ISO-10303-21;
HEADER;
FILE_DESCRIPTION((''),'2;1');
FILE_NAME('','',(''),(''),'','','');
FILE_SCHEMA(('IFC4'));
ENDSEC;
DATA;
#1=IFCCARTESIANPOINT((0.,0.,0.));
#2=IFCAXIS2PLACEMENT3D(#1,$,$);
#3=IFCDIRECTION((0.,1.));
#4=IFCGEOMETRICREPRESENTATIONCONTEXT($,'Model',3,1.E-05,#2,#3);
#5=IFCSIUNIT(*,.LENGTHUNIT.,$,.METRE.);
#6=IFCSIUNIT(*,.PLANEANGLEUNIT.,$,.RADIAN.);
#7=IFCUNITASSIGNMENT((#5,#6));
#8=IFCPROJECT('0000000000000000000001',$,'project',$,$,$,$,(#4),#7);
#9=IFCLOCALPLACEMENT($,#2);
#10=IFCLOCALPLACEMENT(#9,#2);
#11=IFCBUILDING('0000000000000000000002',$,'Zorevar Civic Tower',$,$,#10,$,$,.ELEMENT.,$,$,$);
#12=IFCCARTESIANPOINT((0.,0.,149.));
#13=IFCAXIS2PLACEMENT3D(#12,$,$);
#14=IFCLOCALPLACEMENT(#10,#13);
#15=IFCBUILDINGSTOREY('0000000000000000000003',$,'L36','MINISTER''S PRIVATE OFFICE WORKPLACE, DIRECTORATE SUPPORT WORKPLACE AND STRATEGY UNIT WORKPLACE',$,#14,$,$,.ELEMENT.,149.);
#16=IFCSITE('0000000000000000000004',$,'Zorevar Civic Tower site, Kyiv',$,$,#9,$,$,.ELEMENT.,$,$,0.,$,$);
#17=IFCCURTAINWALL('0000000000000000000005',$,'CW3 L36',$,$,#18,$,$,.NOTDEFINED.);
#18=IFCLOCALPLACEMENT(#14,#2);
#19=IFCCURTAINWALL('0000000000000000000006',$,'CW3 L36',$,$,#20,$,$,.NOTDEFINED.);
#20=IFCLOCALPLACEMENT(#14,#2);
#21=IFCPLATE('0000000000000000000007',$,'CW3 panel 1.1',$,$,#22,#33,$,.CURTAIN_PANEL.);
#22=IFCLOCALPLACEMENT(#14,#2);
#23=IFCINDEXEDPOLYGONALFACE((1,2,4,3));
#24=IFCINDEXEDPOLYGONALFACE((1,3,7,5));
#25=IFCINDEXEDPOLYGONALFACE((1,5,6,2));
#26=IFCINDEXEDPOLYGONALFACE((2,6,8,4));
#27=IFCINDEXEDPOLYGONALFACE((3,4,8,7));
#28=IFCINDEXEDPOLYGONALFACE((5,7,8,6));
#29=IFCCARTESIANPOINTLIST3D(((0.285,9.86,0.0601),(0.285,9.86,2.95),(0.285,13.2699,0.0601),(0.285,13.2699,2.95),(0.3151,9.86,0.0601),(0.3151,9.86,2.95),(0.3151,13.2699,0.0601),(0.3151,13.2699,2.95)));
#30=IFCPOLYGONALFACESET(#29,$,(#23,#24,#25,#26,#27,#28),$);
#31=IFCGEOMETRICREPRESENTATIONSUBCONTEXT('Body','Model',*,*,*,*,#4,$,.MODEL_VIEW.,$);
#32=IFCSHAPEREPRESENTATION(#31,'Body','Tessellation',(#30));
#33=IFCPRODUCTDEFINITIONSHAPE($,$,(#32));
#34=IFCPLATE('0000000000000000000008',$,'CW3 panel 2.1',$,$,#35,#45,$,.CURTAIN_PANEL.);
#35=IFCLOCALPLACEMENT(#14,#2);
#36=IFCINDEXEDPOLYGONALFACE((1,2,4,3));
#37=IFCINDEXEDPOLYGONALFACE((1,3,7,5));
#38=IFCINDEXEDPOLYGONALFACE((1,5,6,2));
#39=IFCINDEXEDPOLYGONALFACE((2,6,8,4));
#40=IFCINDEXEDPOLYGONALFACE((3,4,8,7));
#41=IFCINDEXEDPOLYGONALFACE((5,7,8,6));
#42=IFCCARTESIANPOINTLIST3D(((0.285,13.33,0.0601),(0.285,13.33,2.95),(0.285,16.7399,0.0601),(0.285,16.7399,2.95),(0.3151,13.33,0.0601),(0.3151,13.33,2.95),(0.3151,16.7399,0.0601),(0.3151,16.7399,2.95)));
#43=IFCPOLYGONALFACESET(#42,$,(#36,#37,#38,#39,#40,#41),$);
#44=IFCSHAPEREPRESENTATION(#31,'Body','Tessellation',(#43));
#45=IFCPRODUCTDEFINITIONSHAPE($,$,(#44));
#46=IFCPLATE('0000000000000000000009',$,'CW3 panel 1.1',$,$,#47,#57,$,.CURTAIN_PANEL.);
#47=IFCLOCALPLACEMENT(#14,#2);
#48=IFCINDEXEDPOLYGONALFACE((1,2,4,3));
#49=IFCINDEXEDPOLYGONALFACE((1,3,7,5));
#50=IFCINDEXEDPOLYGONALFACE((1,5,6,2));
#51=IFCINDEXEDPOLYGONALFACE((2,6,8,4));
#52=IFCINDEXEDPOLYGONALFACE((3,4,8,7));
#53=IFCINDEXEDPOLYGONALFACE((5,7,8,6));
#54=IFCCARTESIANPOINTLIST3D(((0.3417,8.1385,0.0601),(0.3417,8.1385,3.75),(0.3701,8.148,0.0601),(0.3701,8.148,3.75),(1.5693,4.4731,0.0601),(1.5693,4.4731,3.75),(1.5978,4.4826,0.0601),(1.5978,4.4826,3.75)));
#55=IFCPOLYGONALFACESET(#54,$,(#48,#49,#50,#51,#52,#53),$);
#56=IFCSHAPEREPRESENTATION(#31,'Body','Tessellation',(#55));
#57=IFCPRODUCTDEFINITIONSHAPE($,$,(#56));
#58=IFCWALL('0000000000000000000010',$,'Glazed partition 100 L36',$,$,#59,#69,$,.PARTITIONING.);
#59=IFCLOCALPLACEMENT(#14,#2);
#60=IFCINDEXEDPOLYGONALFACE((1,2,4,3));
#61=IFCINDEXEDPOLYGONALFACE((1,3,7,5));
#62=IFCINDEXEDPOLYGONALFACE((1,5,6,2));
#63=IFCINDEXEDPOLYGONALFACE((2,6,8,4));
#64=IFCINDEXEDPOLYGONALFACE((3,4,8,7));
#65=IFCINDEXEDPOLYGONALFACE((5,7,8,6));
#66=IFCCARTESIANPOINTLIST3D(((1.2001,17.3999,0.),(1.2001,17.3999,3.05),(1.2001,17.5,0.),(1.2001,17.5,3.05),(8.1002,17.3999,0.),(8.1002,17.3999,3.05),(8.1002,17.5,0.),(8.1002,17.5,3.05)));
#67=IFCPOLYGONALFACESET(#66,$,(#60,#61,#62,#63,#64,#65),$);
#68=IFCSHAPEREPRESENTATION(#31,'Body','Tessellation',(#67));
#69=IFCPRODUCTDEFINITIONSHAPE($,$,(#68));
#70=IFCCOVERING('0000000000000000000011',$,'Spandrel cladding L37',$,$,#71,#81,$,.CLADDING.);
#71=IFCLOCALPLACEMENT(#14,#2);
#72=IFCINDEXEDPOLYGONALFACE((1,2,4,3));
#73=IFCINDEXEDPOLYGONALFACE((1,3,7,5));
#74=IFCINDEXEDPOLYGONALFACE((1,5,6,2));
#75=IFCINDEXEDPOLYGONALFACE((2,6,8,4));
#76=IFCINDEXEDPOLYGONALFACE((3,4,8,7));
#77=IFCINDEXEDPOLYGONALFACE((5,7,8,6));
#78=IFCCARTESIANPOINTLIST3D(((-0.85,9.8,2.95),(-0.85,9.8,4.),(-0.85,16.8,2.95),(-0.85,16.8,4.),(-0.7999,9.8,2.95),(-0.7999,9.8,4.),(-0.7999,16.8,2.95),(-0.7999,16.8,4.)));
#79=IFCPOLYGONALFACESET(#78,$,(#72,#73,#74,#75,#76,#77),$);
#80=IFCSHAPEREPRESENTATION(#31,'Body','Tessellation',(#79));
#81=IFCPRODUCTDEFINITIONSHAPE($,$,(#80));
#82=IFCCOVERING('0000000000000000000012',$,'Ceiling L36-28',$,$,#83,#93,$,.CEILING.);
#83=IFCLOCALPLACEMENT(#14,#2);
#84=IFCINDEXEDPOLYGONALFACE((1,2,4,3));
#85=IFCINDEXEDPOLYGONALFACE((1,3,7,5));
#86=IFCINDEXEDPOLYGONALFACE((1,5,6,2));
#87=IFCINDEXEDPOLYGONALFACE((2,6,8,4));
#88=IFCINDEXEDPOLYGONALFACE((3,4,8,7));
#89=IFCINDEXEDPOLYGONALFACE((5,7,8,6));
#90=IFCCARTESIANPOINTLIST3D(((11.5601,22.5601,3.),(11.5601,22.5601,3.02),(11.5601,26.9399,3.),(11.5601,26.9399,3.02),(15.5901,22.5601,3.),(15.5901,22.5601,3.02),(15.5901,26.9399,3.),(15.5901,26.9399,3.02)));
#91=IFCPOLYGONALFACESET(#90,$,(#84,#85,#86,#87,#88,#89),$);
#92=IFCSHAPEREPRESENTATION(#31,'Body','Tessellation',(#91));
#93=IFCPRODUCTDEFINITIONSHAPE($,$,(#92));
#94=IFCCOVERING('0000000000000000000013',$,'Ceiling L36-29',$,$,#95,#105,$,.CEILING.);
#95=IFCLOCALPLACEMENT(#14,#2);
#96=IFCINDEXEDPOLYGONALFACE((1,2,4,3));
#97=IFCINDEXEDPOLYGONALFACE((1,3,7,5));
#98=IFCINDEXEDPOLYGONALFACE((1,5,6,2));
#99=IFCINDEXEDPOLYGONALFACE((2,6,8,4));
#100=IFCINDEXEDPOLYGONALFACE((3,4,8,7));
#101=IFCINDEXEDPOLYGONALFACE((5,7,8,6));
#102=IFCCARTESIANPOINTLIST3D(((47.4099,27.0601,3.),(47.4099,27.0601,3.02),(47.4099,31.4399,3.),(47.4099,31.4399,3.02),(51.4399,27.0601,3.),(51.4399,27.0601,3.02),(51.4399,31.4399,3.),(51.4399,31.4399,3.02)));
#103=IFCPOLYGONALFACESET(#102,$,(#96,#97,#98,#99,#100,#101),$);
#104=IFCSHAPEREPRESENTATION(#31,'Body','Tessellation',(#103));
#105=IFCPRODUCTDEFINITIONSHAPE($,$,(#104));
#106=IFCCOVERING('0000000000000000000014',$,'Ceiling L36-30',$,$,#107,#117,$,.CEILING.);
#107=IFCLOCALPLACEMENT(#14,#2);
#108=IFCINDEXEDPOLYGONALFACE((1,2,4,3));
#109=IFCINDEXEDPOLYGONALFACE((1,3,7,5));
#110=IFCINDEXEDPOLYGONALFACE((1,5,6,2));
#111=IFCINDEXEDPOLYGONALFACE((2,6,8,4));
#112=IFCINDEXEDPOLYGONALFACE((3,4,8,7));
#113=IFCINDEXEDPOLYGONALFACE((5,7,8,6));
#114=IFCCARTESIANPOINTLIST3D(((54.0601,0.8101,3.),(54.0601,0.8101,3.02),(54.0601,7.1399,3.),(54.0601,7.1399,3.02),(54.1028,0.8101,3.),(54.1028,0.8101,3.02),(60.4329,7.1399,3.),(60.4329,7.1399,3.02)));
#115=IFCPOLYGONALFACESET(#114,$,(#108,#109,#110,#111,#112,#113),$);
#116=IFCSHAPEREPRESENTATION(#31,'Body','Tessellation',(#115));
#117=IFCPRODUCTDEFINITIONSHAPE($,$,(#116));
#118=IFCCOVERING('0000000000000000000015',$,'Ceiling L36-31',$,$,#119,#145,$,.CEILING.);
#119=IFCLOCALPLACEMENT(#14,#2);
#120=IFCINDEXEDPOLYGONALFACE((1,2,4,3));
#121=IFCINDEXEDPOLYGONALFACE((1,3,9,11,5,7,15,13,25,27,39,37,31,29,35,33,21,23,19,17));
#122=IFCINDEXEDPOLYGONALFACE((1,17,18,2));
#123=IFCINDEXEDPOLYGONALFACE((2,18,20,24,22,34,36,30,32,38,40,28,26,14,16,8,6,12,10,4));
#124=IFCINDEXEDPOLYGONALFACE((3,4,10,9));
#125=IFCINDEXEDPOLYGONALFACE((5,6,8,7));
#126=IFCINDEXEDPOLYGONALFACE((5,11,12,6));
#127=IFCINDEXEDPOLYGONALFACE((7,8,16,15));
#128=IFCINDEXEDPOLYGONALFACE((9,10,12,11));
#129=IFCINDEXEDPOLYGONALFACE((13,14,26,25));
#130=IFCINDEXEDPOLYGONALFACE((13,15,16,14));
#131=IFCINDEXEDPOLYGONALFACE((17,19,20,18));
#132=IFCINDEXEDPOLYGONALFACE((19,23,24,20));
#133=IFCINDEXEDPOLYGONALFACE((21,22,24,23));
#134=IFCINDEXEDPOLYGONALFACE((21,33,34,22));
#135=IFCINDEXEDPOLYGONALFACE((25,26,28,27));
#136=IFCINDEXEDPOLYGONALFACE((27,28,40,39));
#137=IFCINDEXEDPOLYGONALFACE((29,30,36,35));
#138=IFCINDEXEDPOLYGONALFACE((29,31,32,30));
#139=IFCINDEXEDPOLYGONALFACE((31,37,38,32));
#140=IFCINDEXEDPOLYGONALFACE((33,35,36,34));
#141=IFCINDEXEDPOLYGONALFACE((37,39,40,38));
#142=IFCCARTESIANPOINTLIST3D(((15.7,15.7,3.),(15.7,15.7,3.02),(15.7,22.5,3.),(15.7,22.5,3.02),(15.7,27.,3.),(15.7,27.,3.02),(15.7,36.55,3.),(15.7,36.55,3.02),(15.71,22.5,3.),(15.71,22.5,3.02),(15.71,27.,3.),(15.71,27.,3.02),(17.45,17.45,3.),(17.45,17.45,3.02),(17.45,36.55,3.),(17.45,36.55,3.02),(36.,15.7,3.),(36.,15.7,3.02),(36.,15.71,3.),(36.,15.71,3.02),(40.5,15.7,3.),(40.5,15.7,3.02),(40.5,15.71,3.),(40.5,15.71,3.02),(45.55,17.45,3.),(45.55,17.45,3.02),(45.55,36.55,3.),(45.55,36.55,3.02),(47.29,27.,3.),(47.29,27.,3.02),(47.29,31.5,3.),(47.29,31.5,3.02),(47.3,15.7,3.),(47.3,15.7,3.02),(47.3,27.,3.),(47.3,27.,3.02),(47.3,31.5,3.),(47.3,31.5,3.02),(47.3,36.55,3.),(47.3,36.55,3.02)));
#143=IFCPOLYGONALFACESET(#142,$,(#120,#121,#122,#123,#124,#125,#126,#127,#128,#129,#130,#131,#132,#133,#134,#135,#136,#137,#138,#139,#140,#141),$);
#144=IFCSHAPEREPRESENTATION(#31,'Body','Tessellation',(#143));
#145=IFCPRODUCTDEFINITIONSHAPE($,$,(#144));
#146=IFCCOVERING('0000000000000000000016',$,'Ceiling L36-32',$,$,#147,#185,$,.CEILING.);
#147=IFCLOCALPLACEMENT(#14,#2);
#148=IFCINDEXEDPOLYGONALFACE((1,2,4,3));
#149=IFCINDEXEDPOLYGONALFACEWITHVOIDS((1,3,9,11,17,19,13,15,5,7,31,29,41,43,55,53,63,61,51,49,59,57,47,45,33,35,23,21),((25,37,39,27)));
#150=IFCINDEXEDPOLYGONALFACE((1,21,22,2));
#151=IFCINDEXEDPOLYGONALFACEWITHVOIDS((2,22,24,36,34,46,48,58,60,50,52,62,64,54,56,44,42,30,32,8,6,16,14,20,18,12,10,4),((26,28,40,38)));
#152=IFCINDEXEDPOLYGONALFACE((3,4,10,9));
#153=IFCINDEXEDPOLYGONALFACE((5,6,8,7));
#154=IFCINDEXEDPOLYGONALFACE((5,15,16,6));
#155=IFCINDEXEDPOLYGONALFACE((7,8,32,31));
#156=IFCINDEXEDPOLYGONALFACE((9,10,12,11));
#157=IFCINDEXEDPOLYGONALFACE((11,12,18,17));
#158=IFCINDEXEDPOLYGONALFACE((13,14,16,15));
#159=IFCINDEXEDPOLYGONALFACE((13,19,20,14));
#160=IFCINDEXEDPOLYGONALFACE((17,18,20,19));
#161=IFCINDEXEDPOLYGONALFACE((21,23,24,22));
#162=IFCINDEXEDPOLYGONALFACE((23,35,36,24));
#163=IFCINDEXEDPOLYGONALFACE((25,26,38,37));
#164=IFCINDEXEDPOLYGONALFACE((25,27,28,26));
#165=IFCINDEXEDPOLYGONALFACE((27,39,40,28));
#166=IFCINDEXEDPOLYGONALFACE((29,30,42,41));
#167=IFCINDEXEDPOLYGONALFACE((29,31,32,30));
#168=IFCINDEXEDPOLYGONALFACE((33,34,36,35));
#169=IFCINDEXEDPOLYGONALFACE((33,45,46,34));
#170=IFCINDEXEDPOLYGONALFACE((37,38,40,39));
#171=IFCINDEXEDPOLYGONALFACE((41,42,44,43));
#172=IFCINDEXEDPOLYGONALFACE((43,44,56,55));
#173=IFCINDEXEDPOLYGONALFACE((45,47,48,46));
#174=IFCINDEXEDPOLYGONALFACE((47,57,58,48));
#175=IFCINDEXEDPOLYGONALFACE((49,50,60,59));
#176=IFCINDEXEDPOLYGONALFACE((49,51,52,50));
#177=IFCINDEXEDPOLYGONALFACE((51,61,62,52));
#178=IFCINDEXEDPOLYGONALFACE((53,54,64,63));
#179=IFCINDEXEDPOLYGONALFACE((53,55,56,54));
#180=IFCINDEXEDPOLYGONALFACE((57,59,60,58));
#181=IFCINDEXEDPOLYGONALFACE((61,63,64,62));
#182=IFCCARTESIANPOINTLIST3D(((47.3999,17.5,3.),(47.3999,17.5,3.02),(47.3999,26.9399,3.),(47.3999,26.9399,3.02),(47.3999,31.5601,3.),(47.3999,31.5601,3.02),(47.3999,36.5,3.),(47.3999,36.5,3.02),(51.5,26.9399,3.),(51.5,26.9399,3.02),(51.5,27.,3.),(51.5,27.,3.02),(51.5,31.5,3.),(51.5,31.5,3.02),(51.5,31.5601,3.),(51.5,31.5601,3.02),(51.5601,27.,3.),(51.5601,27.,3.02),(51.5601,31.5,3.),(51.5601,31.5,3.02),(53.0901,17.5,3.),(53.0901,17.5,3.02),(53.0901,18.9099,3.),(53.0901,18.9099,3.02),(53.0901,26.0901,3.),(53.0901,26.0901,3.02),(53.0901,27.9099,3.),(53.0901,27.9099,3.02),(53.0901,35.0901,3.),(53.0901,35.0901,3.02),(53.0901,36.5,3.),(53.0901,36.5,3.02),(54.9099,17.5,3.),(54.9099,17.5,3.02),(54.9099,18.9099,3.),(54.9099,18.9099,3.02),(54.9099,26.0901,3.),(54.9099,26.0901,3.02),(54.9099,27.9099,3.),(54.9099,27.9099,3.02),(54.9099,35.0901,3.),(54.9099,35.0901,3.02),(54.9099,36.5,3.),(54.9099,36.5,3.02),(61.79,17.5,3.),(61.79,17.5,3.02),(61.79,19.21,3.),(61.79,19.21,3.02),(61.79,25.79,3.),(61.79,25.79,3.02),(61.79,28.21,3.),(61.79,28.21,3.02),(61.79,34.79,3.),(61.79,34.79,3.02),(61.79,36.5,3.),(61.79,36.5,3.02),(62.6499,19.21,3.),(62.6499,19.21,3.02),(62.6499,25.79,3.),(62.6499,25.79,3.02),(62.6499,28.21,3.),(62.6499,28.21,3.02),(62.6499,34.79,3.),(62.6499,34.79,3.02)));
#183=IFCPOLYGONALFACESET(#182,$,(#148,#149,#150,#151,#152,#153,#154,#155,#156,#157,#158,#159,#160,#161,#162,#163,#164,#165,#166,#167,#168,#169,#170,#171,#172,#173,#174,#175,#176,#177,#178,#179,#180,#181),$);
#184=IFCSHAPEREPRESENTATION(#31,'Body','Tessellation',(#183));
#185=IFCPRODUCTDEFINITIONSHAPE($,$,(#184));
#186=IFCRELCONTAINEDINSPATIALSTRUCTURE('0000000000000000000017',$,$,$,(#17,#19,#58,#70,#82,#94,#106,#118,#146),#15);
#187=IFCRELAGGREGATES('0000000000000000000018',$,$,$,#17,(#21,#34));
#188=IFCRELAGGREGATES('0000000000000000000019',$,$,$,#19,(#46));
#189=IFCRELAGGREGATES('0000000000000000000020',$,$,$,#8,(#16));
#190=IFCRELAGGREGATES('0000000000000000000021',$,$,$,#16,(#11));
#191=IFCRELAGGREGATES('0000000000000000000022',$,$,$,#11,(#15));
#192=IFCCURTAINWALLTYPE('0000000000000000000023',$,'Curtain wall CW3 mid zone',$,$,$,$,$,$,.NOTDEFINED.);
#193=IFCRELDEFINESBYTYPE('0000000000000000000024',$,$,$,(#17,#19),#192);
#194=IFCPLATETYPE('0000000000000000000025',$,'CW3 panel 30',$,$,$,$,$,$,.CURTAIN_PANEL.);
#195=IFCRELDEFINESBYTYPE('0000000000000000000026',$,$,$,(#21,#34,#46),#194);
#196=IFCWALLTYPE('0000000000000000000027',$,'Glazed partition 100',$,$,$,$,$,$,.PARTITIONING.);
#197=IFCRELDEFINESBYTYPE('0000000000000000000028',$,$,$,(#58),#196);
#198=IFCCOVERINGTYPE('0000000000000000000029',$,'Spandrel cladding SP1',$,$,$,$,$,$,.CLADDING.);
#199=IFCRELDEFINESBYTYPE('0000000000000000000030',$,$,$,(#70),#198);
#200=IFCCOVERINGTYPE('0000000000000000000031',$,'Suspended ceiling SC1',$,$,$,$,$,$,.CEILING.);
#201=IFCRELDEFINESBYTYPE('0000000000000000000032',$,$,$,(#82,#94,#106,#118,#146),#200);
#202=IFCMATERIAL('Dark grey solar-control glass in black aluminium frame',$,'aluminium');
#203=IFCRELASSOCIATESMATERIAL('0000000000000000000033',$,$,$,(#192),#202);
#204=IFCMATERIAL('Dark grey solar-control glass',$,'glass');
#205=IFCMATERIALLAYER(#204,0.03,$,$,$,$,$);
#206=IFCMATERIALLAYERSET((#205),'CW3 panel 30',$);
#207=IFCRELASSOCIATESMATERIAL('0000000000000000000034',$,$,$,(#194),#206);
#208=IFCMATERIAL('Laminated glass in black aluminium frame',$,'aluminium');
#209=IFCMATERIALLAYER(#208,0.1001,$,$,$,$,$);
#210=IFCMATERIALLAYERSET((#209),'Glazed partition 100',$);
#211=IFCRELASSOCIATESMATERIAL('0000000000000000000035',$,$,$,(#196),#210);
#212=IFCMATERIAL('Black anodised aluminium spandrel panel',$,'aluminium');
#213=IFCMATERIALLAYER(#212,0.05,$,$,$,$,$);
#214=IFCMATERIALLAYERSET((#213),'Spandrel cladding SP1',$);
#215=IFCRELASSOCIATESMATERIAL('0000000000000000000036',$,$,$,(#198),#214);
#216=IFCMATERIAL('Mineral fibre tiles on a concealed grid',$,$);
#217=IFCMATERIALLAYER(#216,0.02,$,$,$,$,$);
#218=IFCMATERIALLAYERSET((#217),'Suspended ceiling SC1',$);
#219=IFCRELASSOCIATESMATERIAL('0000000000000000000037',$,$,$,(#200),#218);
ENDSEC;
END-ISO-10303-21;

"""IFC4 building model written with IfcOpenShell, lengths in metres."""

from ifc_helpers import new_model, si_unit, direction, frame, frame_2d, origin, origin_2d, place, context, subcontext, project, spatial, polyline, rectangle, outline, extrude, material, layer, layer_set, type_object, element, aggregate, save


model = new_model("IFC4")

# Units and contexts
model_context = context("Model", 3, precision=1e-05, world=origin(), true_north=direction((0.0, 1.0)))
body_context = subcontext(model_context, "Body", "Model", "MODEL_VIEW")
ifc_project = project(units=[si_unit("LENGTHUNIT", "METRE"), si_unit("PLANEANGLEUNIT", "RADIAN")], contexts=[model_context])

# Site, building, storey
site_placement = place(None, origin())
site = spatial("IfcSite", under=ifc_project, at=site_placement, Name="Zorevar Civic Tower site, Kyiv", CompositionType="ELEMENT", RefElevation=0.0)
building_placement = place(site_placement, origin())
building = spatial("IfcBuilding", under=site, at=building_placement, Name="Zorevar Civic Tower", CompositionType="ELEMENT")
storey_placement = place(building_placement, frame((0.0, 0.0, 149.0)))
storey = spatial("IfcBuildingStorey", under=building, at=storey_placement, Name="L36", Description="MINISTER'S PRIVATE OFFICE WORKPLACE, DIRECTORATE SUPPORT WORKPLACE AND STRATEGY UNIT WORKPLACE", CompositionType="ELEMENT", Elevation=149.0)

# Curtain wall
ifc_material_1 = material(Name="Dark grey solar-control glass in black aluminium frame", Category="aluminium")
curtain_wall_type = type_object("IfcCurtainWallType", Name="Curtain wall CW3 mid zone", PredefinedType="NOTDEFINED", material=ifc_material_1)
curtain_wall_1_placement = place(storey_placement, origin())
curtain_wall_1 = element("IfcCurtainWall", 1, at=curtain_wall_1_placement, inside=storey, type_object=curtain_wall_type, Name="CW3 L36", PredefinedType="NOTDEFINED")

# Curtain wall
curtain_wall_2_placement = place(storey_placement, origin())
curtain_wall_2 = element("IfcCurtainWall", 2, at=curtain_wall_2_placement, inside=storey, type_object=curtain_wall_type, Name="CW3 L36", PredefinedType="NOTDEFINED")

# Plates
ifc_material_2 = material(Name="Dark grey solar-control glass", Category="glass")
ifc_layer_1 = layer(ifc_material_2, 0.03)
ifc_layer_set_1 = layer_set([ifc_layer_1], Name="CW3 panel 30")
plate_type = type_object("IfcPlateType", Name="CW3 panel 30", PredefinedType="CURTAIN_PANEL", material=ifc_layer_set_1)
plate_1_placement = place(storey_placement, frame((0.3, 11.5649, 0.0601), z_axis=(0.0, 0.0, 1.0), x_axis=(0.0, 1.0, 0.0)))
plate_1 = element("IfcPlate", 3, at=plate_1_placement, type_object=plate_type, Name="CW3 panel 1.1", PredefinedType="CURTAIN_PANEL", context=body_context, shape_type="SweptSolid", body=[
    extrude(rectangle(XDim=3.4099, YDim=0.03, at=origin_2d()), origin(), (0.0, 0.0, 1.0), 2.8899),
])
plate_2_placement = place(storey_placement, frame((0.3, 15.0349, 0.0601), z_axis=(0.0, 0.0, 1.0), x_axis=(0.0, 1.0, 0.0)))
plate_2 = element("IfcPlate", 4, at=plate_2_placement, type_object=plate_type, Name="CW3 panel 2.1", PredefinedType="CURTAIN_PANEL", context=body_context, shape_type="SweptSolid", body=[
    extrude(rectangle(XDim=3.4099, YDim=0.03, at=origin_2d()), origin(), (0.0, 0.0, 1.0), 2.8899),
])
aggregate(curtain_wall_1, [plate_1, plate_2])
plate_3_placement = place(storey_placement, frame((0.9697, 6.3105, 0.0601), z_axis=(0.0, 0.0, 1.0), x_axis=(0.317593, -0.948227, 0.0)))
plate_3 = element("IfcPlate", 5, at=plate_3_placement, type_object=plate_type, Name="CW3 panel 1.1", PredefinedType="CURTAIN_PANEL", context=body_context, shape_type="SweptSolid", body=[
    extrude(rectangle(XDim=3.8655, YDim=0.03, at=origin_2d()), origin(), (0.0, 0.0, 1.0), 3.6899),
])
aggregate(curtain_wall_2, [plate_3])

# Wall
ifc_material_3 = material(Name="Laminated glass in black aluminium frame", Category="aluminium")
ifc_layer_2 = layer(ifc_material_3, 0.1001)
ifc_layer_set_2 = layer_set([ifc_layer_2], Name="Glazed partition 100")
wall_type = type_object("IfcWallType", Name="Glazed partition 100", PredefinedType="PARTITIONING", material=ifc_layer_set_2)
wall_placement = place(storey_placement, frame((1.2, 17.45, 0.0), z_axis=(0.0, 0.0, 1.0), x_axis=(1.0, 0.0, 0.0)))
element("IfcWall", 6, at=wall_placement, inside=storey, type_object=wall_type, Name="Glazed partition 100 L36", PredefinedType="PARTITIONING", context=body_context, shape_type="SweptSolid", body=[
    extrude(rectangle(XDim=6.9001, YDim=0.1001, at=frame_2d((3.4502, 0.0))), origin(), (0.0, 0.0, 1.0), 3.05),
])

# Coverings
ifc_material_4 = material(Name="Black anodised aluminium spandrel panel", Category="aluminium")
ifc_layer_3 = layer(ifc_material_4, 0.05)
ifc_layer_set_3 = layer_set([ifc_layer_3], Name="Spandrel cladding SP1")
covering_type_1 = type_object("IfcCoveringType", Name="Spandrel cladding SP1", PredefinedType="CLADDING", material=ifc_layer_set_3)
covering_1_placement = place(storey_placement, frame((-0.825, 9.8, 2.95), z_axis=(0.0, 0.0, 1.0), x_axis=(0.0, 1.0, 0.0)))
element("IfcCovering", 7, at=covering_1_placement, inside=storey, type_object=covering_type_1, Name="Spandrel cladding L37", PredefinedType="CLADDING", context=body_context, shape_type="SweptSolid", body=[
    extrude(rectangle(XDim=7.0, YDim=0.05, at=frame_2d((3.5, 0.0))), origin(), (0.0, 0.0, 1.0), 1.05),
])
ifc_material_5 = material(Name="Mineral fibre tiles on a concealed grid")
ifc_layer_4 = layer(ifc_material_5, 0.02)
ifc_layer_set_4 = layer_set([ifc_layer_4], Name="Suspended ceiling SC1")
covering_type_2 = type_object("IfcCoveringType", Name="Suspended ceiling SC1", PredefinedType="CEILING", material=ifc_layer_set_4)
covering_2_placement = place(storey_placement, frame((0.0, 0.0, 3.0)))
element("IfcCovering", 8, at=covering_2_placement, inside=storey, type_object=covering_type_2, Name="Ceiling L36-28", PredefinedType="CEILING", context=body_context, shape_type="SweptSolid", body=[
    extrude(outline(polyline([(15.5901, 26.9399), (15.5901, 22.5601), (11.5601, 22.5601), (11.5601, 26.9399), (15.5901, 26.9399)])), origin(), (0.0, 0.0, 1.0), 0.02),
])
covering_3_placement = place(storey_placement, frame((0.0, 0.0, 3.0)))
element("IfcCovering", 9, at=covering_3_placement, inside=storey, type_object=covering_type_2, Name="Ceiling L36-29", PredefinedType="CEILING", context=body_context, shape_type="SweptSolid", body=[
    extrude(outline(polyline([(51.4399, 27.0601), (47.4099, 27.0601), (47.4099, 31.4399), (51.4399, 31.4399), (51.4399, 27.0601)])), origin(), (0.0, 0.0, 1.0), 0.02),
])
covering_4_placement = place(storey_placement, frame((0.0, 0.0, 3.0)))
element("IfcCovering", 10, at=covering_4_placement, inside=storey, type_object=covering_type_2, Name="Ceiling L36-30", PredefinedType="CEILING", context=body_context, shape_type="SweptSolid", body=[
    extrude(outline(polyline([(54.0601, 0.8101), (54.0601, 7.1399), (60.4329, 7.1399), (54.1028, 0.8101), (54.0601, 0.8101)])), origin(), (0.0, 0.0, 1.0), 0.02),
])
covering_5_placement = place(storey_placement, frame((0.0, 0.0, 3.0)))
element("IfcCovering", 11, at=covering_5_placement, inside=storey, type_object=covering_type_2, Name="Ceiling L36-31", PredefinedType="CEILING", context=body_context, shape_type="SweptSolid", body=[
    extrude(outline(polyline([(47.3, 31.5), (47.29, 31.5), (47.29, 27.0), (47.3, 27.0), (47.3, 15.7), (40.5, 15.7), (40.5, 15.71), (36.0, 15.71), (36.0, 15.7), (15.7, 15.7), (15.7, 22.5), (15.71, 22.5), (15.71, 27.0), (15.7, 27.0), (15.7, 36.55), (17.45, 36.55), (17.45, 17.45), (45.55, 17.45), (45.55, 36.55), (47.3, 36.55), (47.3, 31.5)])), origin(), (0.0, 0.0, 1.0), 0.02),
])
covering_6_placement = place(storey_placement, frame((0.0, 0.0, 3.0)))
element("IfcCovering", 12, at=covering_6_placement, inside=storey, type_object=covering_type_2, Name="Ceiling L36-32", PredefinedType="CEILING", context=body_context, shape_type="SweptSolid", body=[
    extrude(outline(polyline([(51.5, 31.5601), (47.3999, 31.5601), (47.3999, 36.5), (53.0901, 36.5), (53.0901, 35.0901), (54.9099, 35.0901), (54.9099, 36.5), (61.79, 36.5), (61.79, 34.79), (62.6499, 34.79), (62.6499, 28.21), (61.79, 28.21), (61.79, 25.79), (62.6499, 25.79), (62.6499, 19.21), (61.79, 19.21), (61.79, 17.5), (54.9099, 17.5), (54.9099, 18.9099), (53.0901, 18.9099), (53.0901, 17.5), (47.3999, 17.5), (47.3999, 26.9399), (51.5, 26.9399), (51.5, 27.0), (51.5601, 27.0), (51.5601, 31.5), (51.5, 31.5), (51.5, 31.5601)]), holes=[polyline([(54.9099, 27.9099), (53.0901, 27.9099), (53.0901, 26.0901), (54.9099, 26.0901), (54.9099, 27.9099)])]), origin(), (0.0, 0.0, 1.0), 0.02),
])

save(model, "model.ifc")
